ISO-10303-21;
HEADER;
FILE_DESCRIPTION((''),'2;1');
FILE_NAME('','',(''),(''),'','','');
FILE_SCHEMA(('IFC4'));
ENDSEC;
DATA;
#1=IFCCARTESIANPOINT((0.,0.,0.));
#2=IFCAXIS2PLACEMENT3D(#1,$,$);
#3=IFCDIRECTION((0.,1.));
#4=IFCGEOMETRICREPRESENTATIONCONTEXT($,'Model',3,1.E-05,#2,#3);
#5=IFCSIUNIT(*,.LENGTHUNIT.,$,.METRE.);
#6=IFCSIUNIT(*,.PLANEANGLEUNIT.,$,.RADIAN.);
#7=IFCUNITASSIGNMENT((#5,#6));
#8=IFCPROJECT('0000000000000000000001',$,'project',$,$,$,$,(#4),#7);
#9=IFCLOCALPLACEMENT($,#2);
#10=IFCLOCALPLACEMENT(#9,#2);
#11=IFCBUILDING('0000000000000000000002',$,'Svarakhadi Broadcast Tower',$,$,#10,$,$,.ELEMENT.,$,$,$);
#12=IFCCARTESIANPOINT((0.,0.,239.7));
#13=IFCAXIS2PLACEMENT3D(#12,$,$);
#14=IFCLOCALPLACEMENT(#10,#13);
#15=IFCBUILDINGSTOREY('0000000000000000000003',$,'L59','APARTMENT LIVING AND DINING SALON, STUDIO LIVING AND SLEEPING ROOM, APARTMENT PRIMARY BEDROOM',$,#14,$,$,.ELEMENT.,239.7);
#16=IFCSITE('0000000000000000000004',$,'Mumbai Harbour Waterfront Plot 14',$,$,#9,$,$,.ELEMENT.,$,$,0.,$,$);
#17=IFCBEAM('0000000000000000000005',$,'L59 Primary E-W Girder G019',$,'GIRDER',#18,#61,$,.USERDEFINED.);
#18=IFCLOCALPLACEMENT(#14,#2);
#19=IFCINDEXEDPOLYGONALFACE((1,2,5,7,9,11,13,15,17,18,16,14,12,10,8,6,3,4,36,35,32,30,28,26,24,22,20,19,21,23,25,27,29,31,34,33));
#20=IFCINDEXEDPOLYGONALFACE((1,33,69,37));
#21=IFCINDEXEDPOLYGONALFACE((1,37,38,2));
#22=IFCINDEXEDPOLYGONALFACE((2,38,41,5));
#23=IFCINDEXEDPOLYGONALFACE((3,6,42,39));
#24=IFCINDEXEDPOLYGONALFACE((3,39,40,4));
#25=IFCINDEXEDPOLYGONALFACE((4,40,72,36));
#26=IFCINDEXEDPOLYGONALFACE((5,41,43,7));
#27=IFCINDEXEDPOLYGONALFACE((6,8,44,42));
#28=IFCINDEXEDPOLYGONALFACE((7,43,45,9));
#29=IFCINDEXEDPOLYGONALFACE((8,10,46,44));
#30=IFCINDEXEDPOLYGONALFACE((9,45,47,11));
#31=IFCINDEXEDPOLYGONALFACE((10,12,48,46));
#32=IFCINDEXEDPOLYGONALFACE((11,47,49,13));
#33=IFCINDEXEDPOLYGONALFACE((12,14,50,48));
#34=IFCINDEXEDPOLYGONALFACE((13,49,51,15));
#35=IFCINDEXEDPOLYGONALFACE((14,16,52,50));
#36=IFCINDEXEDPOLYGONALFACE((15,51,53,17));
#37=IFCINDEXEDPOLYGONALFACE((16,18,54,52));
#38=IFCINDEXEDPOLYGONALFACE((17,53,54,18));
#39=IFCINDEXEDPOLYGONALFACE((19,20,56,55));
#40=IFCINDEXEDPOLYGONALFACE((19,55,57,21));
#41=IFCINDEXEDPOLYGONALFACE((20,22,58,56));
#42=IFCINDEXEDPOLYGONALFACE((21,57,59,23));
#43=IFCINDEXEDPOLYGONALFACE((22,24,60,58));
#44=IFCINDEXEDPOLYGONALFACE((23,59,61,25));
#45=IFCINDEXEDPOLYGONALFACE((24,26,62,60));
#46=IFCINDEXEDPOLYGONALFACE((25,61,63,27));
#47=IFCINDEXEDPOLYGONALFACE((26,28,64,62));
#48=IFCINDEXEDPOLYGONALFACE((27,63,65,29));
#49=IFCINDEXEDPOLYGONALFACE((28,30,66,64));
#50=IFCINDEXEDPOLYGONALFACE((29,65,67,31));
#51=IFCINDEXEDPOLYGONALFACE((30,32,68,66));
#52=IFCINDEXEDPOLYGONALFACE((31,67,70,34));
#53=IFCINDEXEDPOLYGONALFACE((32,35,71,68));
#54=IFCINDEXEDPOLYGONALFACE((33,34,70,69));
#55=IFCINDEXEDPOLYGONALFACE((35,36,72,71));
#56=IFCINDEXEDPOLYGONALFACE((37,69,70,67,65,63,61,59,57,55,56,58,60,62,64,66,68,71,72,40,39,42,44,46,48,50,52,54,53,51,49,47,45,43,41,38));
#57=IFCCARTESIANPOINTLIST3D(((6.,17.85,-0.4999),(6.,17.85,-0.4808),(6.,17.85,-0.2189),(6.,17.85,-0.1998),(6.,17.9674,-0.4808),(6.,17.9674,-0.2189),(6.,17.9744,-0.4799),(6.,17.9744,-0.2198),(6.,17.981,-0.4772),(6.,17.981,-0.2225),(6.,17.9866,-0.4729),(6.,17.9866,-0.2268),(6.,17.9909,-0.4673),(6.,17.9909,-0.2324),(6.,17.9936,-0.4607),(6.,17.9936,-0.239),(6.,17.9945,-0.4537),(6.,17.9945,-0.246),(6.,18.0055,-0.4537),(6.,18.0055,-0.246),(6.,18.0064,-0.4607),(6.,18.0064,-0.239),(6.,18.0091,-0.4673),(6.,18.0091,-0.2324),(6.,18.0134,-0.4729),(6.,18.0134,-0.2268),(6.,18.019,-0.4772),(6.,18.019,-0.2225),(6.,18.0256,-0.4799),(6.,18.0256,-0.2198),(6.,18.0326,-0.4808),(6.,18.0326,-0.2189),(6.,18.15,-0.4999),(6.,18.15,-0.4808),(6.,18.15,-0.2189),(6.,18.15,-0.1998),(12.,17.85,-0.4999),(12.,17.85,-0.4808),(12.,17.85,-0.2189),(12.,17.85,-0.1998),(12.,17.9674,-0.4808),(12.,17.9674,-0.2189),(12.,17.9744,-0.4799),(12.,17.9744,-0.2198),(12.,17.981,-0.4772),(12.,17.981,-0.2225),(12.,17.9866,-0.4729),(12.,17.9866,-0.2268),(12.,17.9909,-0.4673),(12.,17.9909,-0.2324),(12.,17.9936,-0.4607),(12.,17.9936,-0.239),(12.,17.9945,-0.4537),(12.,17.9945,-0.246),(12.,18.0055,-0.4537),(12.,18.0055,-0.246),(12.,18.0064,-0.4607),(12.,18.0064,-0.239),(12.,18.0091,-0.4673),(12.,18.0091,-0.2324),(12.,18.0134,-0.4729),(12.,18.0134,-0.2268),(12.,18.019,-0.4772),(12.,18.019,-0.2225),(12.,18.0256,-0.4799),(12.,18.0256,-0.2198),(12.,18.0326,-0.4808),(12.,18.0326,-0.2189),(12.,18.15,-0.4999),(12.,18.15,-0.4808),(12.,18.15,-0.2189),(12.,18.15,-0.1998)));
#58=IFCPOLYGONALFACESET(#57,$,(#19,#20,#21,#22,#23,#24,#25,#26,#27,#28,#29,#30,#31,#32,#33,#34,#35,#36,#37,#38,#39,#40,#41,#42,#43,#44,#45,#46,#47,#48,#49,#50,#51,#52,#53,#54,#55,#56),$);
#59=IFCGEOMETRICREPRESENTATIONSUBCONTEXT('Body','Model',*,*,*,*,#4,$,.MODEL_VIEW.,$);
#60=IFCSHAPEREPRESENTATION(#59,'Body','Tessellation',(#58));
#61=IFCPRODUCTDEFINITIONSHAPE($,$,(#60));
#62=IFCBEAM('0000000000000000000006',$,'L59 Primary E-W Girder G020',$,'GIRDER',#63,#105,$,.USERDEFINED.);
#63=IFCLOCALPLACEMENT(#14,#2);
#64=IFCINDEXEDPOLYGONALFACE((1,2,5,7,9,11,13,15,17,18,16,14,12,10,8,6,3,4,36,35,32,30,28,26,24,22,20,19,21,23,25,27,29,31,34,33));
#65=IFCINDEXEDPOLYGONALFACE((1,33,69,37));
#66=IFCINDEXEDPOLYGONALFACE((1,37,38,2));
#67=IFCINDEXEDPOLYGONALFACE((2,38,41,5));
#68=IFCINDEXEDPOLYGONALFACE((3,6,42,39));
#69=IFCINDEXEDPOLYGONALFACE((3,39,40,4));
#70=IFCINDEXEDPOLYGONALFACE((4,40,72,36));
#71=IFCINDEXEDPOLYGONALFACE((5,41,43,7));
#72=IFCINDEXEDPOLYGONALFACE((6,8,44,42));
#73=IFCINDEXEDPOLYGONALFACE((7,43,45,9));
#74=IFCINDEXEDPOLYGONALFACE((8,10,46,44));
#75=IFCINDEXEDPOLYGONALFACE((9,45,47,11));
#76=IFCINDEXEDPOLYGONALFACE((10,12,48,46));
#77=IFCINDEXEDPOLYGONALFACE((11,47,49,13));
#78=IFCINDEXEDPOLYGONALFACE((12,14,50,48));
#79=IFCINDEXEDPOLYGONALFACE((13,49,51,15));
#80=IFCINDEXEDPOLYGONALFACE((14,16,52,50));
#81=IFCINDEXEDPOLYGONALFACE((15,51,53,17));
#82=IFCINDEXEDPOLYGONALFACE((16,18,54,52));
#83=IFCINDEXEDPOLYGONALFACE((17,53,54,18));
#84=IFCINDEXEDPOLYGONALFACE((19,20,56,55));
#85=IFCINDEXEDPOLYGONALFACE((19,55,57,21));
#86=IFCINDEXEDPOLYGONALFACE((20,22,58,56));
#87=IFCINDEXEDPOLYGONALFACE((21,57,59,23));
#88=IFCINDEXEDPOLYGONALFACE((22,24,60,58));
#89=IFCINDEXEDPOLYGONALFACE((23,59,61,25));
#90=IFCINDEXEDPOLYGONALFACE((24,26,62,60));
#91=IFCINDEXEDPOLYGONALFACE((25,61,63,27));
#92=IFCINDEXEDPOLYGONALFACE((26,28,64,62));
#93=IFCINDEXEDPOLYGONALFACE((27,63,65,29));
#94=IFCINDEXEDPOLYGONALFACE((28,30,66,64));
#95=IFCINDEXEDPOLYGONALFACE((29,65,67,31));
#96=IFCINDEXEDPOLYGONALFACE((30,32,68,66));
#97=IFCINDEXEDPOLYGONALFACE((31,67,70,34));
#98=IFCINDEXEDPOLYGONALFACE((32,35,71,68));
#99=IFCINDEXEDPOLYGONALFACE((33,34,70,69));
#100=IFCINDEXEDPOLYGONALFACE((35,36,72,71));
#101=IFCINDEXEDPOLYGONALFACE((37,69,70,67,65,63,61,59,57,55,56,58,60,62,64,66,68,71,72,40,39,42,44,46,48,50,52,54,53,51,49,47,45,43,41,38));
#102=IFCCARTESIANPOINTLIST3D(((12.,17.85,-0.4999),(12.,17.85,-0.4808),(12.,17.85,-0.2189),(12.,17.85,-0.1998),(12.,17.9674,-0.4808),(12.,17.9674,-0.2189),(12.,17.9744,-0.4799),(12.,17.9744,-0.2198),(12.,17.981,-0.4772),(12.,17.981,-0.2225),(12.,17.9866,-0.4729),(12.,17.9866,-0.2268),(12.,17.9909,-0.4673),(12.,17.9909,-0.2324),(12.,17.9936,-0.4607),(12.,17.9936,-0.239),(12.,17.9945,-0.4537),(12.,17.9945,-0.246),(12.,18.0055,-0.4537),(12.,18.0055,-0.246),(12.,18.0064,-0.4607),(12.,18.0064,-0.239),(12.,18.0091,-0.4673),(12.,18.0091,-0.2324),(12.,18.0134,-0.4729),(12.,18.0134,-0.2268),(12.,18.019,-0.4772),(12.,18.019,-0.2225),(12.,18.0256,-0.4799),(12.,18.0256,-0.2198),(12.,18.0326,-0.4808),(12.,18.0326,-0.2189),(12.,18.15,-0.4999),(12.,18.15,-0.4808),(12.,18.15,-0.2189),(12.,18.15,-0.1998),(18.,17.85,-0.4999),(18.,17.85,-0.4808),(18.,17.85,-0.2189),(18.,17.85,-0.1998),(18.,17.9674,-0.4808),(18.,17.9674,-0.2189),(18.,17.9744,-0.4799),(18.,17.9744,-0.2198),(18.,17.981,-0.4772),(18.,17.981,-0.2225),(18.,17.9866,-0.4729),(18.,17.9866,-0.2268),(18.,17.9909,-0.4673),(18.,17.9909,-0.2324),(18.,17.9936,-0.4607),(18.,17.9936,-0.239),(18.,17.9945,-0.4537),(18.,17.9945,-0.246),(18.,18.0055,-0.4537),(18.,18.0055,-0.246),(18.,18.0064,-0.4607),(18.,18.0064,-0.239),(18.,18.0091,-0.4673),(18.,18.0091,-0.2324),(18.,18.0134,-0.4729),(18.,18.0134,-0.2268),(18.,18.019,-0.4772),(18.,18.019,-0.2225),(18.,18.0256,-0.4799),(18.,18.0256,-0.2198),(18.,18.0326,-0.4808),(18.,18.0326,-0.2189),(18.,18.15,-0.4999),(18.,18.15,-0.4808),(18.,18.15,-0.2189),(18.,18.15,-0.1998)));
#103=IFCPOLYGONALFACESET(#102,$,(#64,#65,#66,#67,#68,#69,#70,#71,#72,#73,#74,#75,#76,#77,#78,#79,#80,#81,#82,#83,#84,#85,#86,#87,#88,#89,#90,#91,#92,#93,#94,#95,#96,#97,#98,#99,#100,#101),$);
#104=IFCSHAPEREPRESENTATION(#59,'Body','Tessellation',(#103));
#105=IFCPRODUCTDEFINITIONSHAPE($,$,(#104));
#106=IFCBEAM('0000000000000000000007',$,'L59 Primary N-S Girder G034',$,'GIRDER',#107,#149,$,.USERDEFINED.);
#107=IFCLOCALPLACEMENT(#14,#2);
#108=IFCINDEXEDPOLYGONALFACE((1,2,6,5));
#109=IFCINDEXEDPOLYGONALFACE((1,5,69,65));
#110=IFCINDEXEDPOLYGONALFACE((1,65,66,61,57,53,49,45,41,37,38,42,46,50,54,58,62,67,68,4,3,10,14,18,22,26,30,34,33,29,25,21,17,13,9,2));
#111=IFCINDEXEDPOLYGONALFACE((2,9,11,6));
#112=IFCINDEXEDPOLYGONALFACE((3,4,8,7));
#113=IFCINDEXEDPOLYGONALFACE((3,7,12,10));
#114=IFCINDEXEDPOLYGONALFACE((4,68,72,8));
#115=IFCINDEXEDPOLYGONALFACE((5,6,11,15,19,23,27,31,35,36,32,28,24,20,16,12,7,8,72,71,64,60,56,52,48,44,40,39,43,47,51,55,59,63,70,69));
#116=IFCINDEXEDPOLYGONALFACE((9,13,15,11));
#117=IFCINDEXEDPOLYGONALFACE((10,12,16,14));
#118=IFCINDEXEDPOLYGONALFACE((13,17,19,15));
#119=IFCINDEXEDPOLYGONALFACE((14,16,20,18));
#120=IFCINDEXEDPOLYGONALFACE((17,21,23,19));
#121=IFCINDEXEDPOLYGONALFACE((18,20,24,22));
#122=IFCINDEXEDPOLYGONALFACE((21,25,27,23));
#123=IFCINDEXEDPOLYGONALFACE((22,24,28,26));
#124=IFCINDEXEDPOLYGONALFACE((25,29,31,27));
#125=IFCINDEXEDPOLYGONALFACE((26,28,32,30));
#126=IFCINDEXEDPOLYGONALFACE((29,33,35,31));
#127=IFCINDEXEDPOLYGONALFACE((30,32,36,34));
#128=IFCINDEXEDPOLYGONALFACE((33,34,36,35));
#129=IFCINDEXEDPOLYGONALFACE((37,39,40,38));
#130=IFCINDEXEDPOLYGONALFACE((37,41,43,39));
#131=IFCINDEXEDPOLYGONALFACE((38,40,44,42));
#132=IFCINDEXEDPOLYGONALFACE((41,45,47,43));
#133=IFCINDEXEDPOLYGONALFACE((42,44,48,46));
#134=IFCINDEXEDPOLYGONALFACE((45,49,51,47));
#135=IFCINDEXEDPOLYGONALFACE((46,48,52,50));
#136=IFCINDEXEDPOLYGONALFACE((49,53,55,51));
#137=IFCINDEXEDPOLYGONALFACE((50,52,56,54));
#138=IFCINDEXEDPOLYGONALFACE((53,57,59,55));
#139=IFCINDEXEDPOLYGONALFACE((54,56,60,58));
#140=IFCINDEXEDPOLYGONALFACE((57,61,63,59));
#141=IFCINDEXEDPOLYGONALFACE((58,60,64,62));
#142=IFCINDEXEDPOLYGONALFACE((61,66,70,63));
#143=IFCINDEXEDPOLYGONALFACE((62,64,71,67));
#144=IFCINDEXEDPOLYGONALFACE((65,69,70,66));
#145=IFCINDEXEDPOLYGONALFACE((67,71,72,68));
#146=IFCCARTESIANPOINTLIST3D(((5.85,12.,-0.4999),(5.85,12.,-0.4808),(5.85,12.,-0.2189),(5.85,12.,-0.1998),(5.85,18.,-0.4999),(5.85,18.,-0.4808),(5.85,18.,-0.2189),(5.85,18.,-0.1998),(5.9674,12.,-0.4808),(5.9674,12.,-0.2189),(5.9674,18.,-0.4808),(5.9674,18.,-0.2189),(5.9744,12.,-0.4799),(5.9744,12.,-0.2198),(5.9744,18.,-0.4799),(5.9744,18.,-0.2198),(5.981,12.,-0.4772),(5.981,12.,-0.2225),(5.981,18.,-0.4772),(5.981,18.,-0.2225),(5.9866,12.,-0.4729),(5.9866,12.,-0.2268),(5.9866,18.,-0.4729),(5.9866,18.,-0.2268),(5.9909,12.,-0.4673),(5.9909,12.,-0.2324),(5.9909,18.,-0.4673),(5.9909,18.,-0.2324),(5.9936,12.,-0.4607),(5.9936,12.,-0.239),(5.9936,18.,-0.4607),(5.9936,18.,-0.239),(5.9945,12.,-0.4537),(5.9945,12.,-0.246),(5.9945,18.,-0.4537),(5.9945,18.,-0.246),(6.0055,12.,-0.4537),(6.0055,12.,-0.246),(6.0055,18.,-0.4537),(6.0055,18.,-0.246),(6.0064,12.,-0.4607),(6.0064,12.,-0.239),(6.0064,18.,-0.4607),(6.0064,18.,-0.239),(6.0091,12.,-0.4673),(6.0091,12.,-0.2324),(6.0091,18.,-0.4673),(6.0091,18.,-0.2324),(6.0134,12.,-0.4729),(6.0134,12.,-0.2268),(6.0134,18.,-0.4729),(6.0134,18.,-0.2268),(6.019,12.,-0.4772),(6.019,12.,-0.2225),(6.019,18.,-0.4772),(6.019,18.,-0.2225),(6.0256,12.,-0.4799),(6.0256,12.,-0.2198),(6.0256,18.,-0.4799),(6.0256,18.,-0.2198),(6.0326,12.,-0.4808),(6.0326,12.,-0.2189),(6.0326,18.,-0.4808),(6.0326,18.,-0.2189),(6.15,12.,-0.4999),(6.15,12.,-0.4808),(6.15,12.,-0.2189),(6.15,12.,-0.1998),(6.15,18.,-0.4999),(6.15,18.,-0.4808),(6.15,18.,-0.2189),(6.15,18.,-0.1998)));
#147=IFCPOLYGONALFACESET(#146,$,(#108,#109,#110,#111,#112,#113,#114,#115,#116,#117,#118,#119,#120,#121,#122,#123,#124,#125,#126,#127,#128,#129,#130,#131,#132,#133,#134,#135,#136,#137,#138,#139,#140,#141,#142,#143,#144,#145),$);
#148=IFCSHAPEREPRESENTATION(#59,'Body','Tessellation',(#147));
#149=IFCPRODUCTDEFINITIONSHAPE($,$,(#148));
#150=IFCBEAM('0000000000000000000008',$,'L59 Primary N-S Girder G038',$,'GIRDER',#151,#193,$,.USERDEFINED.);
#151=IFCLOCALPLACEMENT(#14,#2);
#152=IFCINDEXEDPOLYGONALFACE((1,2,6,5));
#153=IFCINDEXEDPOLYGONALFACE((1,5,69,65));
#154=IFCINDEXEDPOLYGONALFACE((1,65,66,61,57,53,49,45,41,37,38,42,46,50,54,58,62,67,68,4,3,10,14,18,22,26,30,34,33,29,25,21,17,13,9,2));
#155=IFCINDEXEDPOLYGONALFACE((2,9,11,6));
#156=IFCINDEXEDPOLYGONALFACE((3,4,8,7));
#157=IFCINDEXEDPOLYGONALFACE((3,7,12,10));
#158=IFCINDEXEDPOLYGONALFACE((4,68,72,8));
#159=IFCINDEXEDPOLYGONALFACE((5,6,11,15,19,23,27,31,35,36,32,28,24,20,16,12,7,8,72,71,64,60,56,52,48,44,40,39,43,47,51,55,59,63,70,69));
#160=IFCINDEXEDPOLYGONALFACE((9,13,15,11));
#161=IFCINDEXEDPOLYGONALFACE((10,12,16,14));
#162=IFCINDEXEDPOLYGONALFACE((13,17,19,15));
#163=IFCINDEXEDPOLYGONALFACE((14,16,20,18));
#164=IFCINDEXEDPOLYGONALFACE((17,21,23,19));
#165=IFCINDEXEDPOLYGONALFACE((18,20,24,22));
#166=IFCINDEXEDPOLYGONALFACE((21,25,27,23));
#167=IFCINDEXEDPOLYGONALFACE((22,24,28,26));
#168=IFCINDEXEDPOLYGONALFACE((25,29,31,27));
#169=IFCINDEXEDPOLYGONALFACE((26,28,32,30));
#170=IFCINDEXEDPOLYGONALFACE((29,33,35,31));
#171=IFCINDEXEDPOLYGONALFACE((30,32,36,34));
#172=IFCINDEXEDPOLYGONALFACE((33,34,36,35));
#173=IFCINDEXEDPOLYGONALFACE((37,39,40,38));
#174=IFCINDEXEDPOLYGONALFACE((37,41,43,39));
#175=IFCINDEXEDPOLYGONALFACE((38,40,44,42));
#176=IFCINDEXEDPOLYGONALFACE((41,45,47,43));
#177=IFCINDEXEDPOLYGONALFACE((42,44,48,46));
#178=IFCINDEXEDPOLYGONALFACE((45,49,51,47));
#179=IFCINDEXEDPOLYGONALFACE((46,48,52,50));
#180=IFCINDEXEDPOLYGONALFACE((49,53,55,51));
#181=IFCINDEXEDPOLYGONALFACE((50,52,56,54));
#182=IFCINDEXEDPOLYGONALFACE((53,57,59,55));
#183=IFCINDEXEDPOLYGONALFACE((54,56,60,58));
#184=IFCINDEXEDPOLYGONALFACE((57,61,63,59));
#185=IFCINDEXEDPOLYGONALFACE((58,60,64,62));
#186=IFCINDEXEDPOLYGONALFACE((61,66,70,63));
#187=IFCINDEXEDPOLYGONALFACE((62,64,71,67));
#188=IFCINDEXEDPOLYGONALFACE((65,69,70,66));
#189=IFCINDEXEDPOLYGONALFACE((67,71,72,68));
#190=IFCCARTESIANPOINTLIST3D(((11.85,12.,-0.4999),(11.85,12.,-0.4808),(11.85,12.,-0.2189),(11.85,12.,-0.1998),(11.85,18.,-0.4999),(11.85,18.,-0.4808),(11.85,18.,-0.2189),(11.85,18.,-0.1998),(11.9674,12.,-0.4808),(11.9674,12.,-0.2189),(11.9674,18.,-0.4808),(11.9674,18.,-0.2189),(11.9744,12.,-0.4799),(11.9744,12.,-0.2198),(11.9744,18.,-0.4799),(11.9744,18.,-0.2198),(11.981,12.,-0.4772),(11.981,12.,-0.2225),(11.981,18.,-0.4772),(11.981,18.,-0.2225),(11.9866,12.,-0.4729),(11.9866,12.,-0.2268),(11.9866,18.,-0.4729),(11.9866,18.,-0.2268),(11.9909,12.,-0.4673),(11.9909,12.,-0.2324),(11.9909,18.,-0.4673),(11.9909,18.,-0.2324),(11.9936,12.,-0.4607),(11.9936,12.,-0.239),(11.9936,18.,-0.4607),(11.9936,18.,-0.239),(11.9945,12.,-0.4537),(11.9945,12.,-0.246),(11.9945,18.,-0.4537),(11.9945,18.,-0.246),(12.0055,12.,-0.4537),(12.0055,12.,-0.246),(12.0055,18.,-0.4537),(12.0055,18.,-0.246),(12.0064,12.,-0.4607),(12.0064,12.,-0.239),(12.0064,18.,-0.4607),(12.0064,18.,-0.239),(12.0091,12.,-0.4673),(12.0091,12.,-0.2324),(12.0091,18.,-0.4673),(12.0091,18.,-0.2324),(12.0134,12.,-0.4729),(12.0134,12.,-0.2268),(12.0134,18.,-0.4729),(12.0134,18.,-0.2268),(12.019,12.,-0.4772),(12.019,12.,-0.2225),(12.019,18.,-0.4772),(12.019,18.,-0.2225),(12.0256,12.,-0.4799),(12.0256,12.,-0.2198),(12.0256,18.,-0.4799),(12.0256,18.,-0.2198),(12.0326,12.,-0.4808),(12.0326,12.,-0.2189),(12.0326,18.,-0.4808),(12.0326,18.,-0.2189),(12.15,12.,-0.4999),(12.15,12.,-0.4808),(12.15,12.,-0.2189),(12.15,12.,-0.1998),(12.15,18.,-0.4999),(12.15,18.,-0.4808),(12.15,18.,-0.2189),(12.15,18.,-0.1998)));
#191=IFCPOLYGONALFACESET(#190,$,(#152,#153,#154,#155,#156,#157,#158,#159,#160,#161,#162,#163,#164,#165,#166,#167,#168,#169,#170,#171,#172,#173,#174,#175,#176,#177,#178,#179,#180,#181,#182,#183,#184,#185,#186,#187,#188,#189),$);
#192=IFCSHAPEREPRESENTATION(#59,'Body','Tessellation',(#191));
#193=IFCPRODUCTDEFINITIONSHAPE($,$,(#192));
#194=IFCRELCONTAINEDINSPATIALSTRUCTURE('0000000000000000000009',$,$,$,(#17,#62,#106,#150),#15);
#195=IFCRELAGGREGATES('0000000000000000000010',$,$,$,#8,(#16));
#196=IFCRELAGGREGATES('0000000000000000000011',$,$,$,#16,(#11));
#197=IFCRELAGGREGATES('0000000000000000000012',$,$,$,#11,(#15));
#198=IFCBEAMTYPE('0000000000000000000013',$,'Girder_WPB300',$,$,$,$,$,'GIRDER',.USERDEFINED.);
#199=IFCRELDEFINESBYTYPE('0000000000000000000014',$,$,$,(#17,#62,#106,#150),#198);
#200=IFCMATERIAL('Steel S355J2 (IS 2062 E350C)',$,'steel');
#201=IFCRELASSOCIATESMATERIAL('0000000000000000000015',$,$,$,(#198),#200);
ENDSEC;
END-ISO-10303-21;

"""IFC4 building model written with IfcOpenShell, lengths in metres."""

from ifc_helpers import new_model, si_unit, direction, frame, origin, origin_2d, place, context, subcontext, project, spatial, i_section, extrude, material, material_profile, profile_set, type_object, element, save


model = new_model("IFC4")

# Units and contexts
model_context = context("Model", 3, precision=1e-05, world=origin(), true_north=direction((0.0, 1.0)))
body_context = subcontext(model_context, "Body", "Model", "MODEL_VIEW")
ifc_project = project(units=[si_unit("LENGTHUNIT", "METRE"), si_unit("PLANEANGLEUNIT", "RADIAN")], contexts=[model_context])

# Site, building, storey
site_placement = place(None, origin())
site = spatial("IfcSite", under=ifc_project, at=site_placement, Name="Mumbai Harbour Waterfront Plot 14", CompositionType="ELEMENT", RefElevation=0.0)
building_placement = place(site_placement, origin())
building = spatial("IfcBuilding", under=site, at=building_placement, Name="Svarakhadi Broadcast Tower", CompositionType="ELEMENT")
storey_placement = place(building_placement, frame((0.0, 0.0, 239.7)))
storey = spatial("IfcBuildingStorey", under=building, at=storey_placement, Name="L59", Description="APARTMENT LIVING AND DINING SALON, STUDIO LIVING AND SLEEPING ROOM, APARTMENT PRIMARY BEDROOM", CompositionType="ELEMENT", Elevation=239.7)

# Beams
ifc_material_1 = material(Name="Steel S355J2 (IS 2062 E350C)", Category="steel")
ifc_material_profile_1 = material_profile(ifc_material_1, i_section(OverallWidth=0.3, OverallDepth=0.3, WebThickness=0.011, FlangeThickness=0.019, FilletRadius=0.0271, at=origin_2d()), Name="WPB 300x300x117")
ifc_profile_set_1 = profile_set([ifc_material_profile_1], Name="Steel S355J2 (IS 2062 E350C)")
beam_type_1 = type_object("IfcBeamType", Name="Girder_WPB300", ElementType="GIRDER", PredefinedType="USERDEFINED", material=ifc_profile_set_1)
for number, where, z_axis, x_axis, name in (
    (1, (6.0, 18.0, -0.3499), (1.0, 0.0, 0.0), (0.0, 1.0, 0.0), "L59 Primary E-W Girder G019"),
    (2, (12.0, 18.0, -0.3499), (1.0, 0.0, 0.0), (0.0, 1.0, 0.0), "L59 Primary E-W Girder G020"),
    (3, (6.0, 12.0, -0.3499), (0.0, 1.0, 0.0), (-1.0, 0.0, 0.0), "L59 Primary N-S Girder G034"),
    (4, (12.0, 12.0, -0.3499), (0.0, 1.0, 0.0), (-1.0, 0.0, 0.0), "L59 Primary N-S Girder G038"),
):
    element("IfcBeam", number, at=place(storey_placement, frame(where, z_axis=z_axis, x_axis=x_axis)), inside=storey, type_object=beam_type_1, Name=name, ObjectType="GIRDER", PredefinedType="USERDEFINED", context=body_context, shape_type="SweptSolid", body=[
        extrude(i_section(OverallWidth=0.3, OverallDepth=0.3, WebThickness=0.011, FlangeThickness=0.019, FilletRadius=0.0271, at=origin_2d()), origin(), (0.0, 0.0, 1.0), 6.0),
    ])

save(model, "model.ifc")
